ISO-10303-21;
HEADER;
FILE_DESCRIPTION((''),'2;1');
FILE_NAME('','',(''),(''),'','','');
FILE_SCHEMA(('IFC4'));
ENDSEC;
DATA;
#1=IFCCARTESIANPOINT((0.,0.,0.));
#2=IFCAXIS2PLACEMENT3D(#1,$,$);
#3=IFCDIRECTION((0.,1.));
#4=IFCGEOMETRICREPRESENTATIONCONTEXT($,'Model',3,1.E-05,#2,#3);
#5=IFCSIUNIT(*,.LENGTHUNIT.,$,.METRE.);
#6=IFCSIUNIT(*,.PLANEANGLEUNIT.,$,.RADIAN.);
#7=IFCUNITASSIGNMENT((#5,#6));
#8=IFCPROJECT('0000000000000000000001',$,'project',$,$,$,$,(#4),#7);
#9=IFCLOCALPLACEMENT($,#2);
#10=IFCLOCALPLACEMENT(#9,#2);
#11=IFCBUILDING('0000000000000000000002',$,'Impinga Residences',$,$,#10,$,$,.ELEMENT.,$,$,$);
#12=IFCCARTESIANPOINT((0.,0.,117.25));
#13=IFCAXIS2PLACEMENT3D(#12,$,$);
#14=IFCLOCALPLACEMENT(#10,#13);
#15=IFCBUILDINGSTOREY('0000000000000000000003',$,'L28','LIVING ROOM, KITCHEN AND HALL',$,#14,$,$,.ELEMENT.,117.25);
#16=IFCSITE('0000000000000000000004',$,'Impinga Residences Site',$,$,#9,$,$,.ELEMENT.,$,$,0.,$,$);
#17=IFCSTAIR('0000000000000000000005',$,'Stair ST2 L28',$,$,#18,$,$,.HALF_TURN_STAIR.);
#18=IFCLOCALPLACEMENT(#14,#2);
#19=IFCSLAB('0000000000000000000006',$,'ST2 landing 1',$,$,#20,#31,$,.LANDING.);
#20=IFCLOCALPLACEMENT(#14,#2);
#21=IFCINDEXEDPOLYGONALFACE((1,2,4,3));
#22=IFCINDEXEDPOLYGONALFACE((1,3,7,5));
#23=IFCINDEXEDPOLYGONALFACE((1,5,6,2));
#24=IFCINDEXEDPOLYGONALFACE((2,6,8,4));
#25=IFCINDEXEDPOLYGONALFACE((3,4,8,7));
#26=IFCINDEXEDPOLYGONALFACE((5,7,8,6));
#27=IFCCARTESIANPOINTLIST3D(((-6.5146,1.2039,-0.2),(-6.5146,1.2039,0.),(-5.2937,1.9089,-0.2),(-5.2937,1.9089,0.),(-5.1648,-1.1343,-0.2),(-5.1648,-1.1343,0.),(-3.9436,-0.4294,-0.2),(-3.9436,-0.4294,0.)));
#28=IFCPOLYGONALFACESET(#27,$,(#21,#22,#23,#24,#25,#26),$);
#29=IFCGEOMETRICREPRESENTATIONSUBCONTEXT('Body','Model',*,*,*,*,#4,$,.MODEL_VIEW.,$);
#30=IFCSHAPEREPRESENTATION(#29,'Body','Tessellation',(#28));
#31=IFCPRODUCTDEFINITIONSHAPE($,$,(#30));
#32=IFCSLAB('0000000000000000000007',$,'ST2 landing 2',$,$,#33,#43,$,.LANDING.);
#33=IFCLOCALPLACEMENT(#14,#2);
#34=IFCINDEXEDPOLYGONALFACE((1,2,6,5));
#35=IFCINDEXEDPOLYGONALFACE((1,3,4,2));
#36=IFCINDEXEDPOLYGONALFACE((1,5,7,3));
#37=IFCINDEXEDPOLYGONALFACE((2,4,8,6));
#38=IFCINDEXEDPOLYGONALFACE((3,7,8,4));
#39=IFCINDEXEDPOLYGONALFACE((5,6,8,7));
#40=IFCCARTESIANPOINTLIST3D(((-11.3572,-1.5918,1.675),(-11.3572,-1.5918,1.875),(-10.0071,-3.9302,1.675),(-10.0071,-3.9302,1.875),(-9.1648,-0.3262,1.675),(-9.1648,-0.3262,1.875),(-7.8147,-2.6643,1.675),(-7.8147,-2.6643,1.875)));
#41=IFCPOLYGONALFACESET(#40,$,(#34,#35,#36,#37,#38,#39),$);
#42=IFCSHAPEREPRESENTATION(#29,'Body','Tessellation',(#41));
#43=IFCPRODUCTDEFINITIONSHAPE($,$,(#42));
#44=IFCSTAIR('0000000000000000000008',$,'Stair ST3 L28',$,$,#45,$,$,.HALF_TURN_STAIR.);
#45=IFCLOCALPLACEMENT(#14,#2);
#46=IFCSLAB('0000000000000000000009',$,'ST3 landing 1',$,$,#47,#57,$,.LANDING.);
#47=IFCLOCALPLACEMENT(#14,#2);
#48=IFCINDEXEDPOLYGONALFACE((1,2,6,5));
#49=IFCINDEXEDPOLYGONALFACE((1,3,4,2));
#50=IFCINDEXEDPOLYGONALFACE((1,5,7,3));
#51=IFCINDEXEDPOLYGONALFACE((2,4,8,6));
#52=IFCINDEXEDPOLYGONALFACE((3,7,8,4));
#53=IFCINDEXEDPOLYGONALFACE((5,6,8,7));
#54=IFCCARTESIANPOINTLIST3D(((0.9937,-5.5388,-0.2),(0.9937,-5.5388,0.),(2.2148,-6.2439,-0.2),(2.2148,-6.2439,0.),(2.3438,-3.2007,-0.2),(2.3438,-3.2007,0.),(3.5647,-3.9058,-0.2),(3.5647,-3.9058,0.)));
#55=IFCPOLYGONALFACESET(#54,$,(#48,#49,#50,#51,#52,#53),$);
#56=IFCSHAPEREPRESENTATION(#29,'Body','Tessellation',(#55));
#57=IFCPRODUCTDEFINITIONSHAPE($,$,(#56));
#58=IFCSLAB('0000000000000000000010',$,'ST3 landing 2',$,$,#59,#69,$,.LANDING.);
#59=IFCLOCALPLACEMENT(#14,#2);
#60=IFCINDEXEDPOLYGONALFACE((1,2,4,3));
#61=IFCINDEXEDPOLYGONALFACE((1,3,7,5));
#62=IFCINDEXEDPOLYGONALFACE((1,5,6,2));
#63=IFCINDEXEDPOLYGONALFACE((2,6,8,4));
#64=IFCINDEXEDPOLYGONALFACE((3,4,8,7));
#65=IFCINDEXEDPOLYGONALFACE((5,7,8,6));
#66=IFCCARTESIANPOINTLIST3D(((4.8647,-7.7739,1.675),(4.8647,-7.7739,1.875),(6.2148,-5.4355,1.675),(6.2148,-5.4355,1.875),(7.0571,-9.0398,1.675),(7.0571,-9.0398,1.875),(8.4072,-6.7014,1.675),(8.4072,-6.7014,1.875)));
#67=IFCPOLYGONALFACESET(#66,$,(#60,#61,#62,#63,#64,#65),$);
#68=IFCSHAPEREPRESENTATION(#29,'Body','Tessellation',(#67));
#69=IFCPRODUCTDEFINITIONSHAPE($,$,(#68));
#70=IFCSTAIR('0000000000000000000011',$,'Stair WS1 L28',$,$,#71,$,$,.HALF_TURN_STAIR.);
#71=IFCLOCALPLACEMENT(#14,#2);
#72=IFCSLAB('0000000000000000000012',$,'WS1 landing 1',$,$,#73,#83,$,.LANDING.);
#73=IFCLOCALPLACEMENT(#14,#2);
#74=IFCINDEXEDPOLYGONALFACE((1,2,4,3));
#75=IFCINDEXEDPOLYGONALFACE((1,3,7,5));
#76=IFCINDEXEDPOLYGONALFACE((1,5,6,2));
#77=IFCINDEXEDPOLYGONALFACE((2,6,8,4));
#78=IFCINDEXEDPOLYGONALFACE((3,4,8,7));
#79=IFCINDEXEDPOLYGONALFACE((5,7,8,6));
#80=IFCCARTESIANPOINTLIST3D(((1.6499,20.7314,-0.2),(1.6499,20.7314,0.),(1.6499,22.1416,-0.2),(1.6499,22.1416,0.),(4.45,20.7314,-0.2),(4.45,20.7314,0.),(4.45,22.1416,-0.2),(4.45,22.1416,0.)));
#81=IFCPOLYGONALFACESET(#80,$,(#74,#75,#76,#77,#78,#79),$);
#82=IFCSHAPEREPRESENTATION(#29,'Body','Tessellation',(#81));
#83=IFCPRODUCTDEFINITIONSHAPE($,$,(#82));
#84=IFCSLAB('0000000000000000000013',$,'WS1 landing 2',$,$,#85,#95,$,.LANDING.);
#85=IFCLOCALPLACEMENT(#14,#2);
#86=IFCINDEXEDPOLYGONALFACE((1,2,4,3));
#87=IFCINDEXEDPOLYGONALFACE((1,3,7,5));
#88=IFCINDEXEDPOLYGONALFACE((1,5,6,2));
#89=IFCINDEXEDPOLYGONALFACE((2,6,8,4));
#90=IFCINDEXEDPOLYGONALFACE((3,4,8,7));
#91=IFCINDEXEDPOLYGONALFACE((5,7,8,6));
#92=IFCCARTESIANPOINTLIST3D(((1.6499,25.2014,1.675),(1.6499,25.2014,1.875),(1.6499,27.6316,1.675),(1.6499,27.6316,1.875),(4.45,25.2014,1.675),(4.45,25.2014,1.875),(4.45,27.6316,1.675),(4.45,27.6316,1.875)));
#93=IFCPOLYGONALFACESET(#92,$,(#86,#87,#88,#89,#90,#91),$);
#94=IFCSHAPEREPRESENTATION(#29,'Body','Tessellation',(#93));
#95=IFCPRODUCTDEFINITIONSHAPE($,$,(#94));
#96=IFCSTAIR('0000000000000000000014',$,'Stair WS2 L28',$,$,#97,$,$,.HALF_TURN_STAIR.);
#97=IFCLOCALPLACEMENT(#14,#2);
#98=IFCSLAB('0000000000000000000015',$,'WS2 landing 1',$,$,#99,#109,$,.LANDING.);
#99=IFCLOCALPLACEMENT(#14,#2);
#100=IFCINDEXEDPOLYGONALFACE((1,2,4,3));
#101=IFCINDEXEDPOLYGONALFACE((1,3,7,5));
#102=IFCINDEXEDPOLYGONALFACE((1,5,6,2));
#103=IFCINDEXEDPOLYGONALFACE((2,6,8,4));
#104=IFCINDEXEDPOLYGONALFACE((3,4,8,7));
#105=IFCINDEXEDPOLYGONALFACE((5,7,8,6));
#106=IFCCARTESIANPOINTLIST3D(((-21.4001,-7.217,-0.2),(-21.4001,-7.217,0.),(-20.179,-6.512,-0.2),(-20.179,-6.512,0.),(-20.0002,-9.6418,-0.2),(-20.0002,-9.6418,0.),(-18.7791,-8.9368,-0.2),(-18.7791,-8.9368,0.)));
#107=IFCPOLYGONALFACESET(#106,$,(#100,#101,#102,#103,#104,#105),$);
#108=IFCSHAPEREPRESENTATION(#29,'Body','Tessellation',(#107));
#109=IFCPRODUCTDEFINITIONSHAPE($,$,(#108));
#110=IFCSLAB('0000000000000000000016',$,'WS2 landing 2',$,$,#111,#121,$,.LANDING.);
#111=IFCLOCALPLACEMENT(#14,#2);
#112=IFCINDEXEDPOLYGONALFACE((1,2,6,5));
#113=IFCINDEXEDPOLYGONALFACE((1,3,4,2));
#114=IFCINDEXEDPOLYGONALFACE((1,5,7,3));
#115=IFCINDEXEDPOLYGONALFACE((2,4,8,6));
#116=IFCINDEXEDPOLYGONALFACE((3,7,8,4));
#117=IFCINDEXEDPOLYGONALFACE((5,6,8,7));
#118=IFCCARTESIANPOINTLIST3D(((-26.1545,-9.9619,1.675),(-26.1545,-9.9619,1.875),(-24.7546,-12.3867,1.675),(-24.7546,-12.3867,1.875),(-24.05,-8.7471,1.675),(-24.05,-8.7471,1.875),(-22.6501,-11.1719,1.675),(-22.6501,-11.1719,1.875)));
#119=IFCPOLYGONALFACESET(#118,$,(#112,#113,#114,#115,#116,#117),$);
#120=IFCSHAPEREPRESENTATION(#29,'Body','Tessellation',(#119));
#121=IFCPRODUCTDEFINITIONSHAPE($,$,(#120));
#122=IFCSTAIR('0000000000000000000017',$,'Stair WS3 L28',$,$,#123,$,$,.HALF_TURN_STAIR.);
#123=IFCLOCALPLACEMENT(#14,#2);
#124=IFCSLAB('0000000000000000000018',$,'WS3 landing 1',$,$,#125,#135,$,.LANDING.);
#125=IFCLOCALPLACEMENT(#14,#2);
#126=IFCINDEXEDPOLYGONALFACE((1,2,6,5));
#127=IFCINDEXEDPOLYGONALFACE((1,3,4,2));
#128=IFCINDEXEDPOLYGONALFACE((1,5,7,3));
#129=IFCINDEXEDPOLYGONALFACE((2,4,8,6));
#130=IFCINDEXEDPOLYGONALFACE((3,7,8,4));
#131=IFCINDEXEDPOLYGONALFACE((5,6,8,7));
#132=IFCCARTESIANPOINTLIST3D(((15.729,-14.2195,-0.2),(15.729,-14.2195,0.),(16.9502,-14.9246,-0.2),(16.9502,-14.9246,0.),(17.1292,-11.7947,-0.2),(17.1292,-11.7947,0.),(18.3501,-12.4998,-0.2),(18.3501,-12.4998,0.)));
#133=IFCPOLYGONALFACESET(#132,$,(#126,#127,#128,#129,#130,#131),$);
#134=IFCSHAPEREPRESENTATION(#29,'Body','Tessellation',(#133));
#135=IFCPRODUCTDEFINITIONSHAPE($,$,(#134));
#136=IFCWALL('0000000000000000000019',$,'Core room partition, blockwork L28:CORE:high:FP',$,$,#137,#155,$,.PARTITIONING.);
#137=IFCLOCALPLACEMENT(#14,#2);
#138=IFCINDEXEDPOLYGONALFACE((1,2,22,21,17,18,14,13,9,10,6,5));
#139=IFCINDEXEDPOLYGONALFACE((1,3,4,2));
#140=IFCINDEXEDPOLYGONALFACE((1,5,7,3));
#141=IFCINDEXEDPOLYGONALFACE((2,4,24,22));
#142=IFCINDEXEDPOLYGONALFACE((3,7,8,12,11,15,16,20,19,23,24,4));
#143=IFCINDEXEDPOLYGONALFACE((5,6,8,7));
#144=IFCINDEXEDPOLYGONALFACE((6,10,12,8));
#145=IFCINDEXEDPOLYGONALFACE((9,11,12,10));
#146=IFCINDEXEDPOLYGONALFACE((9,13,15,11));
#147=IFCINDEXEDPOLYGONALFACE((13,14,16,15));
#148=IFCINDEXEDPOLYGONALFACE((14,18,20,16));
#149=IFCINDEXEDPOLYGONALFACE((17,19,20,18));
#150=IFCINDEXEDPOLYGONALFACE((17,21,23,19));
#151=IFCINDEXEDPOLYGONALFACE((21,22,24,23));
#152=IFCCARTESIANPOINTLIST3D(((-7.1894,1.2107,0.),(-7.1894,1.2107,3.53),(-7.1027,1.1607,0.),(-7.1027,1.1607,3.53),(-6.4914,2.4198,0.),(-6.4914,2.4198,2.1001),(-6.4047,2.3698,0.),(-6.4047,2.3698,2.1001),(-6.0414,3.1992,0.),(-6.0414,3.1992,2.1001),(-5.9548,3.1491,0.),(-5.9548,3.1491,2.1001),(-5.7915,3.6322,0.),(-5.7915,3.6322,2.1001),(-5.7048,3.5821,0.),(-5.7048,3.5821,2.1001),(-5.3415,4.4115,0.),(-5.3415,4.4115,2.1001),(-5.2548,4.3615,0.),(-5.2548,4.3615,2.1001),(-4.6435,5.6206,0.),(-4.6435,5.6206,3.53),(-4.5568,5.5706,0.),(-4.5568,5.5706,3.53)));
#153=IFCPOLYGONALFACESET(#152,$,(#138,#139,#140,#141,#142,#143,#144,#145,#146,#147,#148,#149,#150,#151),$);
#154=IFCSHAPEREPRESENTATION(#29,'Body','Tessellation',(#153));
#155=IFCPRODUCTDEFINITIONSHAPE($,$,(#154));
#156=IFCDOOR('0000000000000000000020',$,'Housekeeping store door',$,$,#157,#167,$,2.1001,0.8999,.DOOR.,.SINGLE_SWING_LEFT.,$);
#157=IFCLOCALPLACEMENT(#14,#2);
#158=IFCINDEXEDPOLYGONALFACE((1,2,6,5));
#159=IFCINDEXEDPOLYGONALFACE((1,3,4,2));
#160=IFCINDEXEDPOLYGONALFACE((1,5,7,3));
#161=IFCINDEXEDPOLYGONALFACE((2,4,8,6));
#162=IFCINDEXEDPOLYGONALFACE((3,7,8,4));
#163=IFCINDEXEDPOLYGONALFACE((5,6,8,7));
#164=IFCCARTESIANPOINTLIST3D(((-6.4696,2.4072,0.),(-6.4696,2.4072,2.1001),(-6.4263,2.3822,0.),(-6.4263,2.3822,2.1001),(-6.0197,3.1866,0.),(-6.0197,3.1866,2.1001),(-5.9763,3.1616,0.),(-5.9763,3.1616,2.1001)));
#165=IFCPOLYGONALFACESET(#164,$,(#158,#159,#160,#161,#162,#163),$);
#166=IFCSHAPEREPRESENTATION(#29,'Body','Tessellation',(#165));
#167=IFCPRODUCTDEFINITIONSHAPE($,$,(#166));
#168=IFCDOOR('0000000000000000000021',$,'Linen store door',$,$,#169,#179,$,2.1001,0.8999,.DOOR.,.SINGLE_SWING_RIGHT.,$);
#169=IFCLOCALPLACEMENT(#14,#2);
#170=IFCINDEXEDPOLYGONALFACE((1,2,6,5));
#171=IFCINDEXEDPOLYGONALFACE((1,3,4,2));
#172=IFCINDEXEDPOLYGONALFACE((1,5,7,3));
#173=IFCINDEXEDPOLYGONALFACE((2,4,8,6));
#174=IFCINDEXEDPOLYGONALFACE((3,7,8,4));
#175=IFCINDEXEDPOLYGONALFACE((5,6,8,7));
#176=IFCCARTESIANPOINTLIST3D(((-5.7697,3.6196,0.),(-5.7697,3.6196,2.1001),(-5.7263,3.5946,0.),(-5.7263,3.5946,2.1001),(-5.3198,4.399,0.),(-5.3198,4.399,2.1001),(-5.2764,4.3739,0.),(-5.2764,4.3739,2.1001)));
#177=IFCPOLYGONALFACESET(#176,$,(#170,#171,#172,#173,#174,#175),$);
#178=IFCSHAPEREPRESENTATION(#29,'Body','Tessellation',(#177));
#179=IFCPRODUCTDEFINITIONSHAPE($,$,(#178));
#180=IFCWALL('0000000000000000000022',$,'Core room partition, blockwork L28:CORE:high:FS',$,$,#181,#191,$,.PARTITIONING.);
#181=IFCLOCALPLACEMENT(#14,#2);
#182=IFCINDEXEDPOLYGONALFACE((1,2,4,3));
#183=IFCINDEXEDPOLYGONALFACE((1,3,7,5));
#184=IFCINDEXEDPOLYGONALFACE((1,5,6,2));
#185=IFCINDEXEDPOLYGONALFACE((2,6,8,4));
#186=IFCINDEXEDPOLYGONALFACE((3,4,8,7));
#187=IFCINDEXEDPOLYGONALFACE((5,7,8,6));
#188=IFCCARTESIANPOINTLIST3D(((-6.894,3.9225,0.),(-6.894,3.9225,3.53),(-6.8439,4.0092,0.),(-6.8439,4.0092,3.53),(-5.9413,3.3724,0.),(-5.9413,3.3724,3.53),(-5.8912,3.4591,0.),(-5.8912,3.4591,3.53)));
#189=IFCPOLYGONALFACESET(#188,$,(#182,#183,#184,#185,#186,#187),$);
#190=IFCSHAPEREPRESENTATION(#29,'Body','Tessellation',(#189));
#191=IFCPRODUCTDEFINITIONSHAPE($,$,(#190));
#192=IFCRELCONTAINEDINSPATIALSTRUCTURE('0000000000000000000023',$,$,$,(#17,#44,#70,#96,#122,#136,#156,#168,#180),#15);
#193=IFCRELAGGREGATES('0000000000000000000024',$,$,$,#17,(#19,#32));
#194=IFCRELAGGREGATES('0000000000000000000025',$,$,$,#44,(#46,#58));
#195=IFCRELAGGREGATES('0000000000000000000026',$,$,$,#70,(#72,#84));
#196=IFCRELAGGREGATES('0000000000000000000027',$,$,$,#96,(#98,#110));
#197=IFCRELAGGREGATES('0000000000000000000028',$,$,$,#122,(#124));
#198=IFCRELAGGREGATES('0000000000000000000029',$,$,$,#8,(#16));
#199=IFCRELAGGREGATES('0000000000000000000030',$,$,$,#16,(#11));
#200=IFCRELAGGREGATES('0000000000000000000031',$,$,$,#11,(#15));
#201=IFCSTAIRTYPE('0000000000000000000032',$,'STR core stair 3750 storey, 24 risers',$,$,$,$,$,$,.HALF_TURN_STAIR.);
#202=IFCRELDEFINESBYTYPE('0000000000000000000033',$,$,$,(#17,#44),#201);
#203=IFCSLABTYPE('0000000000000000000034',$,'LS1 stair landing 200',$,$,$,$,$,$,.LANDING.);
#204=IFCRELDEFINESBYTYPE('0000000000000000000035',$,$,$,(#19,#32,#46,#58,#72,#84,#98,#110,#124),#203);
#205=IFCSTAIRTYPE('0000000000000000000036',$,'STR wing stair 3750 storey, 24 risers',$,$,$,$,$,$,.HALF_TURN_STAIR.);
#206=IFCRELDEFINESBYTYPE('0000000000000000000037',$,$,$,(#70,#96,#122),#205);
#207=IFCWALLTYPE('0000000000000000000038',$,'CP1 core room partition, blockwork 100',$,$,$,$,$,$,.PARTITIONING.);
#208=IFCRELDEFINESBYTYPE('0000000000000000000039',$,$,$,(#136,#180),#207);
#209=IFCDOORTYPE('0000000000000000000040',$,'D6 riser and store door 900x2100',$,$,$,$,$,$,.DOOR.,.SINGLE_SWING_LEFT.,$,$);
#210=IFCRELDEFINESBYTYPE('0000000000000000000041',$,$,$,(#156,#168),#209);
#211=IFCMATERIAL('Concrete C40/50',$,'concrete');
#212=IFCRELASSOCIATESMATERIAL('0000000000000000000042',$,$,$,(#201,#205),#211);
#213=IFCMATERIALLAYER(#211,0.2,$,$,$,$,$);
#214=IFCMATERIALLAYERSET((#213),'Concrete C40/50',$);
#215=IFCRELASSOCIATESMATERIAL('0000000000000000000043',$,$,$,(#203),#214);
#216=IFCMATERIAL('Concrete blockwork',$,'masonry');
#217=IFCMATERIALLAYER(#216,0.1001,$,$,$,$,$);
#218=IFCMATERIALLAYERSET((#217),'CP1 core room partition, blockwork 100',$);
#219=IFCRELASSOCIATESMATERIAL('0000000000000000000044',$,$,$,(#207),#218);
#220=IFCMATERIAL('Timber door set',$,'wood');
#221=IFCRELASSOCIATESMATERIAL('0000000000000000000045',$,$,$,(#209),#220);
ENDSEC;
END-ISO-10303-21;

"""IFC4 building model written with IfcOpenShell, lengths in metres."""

from ifc_helpers import new_model, si_unit, direction, frame, frame_2d, origin, place, context, subcontext, project, spatial, polyline, rectangle, outline, extrude, material, layer, layer_set, type_object, element, fill, aggregate, save


model = new_model("IFC4")

# Units and contexts
model_context = context("Model", 3, precision=1e-05, world=origin(), true_north=direction((0.0, 1.0)))
body_context = subcontext(model_context, "Body", "Model", "MODEL_VIEW")
ifc_project = project(units=[si_unit("LENGTHUNIT", "METRE"), si_unit("PLANEANGLEUNIT", "RADIAN")], contexts=[model_context])

# Site, building, storey
site_placement = place(None, origin())
site = spatial("IfcSite", under=ifc_project, at=site_placement, Name="Impinga Residences Site", CompositionType="ELEMENT", RefElevation=0.0)
building_placement = place(site_placement, origin())
building = spatial("IfcBuilding", under=site, at=building_placement, Name="Impinga Residences", CompositionType="ELEMENT")
storey_placement = place(building_placement, frame((0.0, 0.0, 117.25)))
storey = spatial("IfcBuildingStorey", under=building, at=storey_placement, Name="L28", Description="LIVING ROOM, KITCHEN AND HALL", CompositionType="ELEMENT", Elevation=117.25)

# Stairs, slabs
ifc_material_1 = material(Name="Concrete C40/50", Category="concrete")
stair_type_1 = type_object("IfcStairType", Name="STR core stair 3750 storey, 24 risers", PredefinedType="HALF_TURN_STAIR", material=ifc_material_1)
stair_1_placement = place(storey_placement, origin())
stair_1 = element("IfcStair", 1, at=stair_1_placement, inside=storey, type_object=stair_type_1, Name="Stair ST2 L28", PredefinedType="HALF_TURN_STAIR")
ifc_layer_1 = layer(ifc_material_1, 0.2)
ifc_layer_set_1 = layer_set([ifc_layer_1], Name="Concrete C40/50")
slab_type = type_object("IfcSlabType", Name="LS1 stair landing 200", PredefinedType="LANDING", material=ifc_layer_set_1)
slab_1_placement = place(storey_placement, frame((0.0, 0.0, -0.2)))
slab_1 = element("IfcSlab", 2, at=slab_1_placement, type_object=slab_type, Name="ST2 landing 1", PredefinedType="LANDING", context=body_context, shape_type="SweptSolid", body=[
    extrude(outline(polyline([(-3.9436, -0.4294), (-5.2937, 1.9089), (-6.5146, 1.2039), (-5.1648, -1.1343), (-3.9436, -0.4294)])), origin(), (0.0, 0.0, 1.0), 0.2),
])
slab_2_placement = place(storey_placement, frame((0.0, 0.0, 1.675)))
slab_2 = element("IfcSlab", 3, at=slab_2_placement, type_object=slab_type, Name="ST2 landing 2", PredefinedType="LANDING", context=body_context, shape_type="SweptSolid", body=[
    extrude(outline(polyline([(-7.8147, -2.6643), (-9.1648, -0.3262), (-11.3572, -1.5918), (-10.0071, -3.9302), (-7.8147, -2.6643)])), origin(), (0.0, 0.0, 1.0), 0.2),
])
aggregate(stair_1, [slab_1, slab_2])
stair_2_placement = place(storey_placement, origin())
stair_2 = element("IfcStair", 4, at=stair_2_placement, inside=storey, type_object=stair_type_1, Name="Stair ST3 L28", PredefinedType="HALF_TURN_STAIR")
slab_3_placement = place(storey_placement, frame((0.0, 0.0, -0.2)))
slab_3 = element("IfcSlab", 5, at=slab_3_placement, type_object=slab_type, Name="ST3 landing 1", PredefinedType="LANDING", context=body_context, shape_type="SweptSolid", body=[
    extrude(outline(polyline([(2.3438, -3.2007), (0.9937, -5.5388), (2.2148, -6.2439), (3.5647, -3.9058), (2.3438, -3.2007)])), origin(), (0.0, 0.0, 1.0), 0.2),
])
slab_4_placement = place(storey_placement, frame((0.0, 0.0, 1.675)))
slab_4 = element("IfcSlab", 6, at=slab_4_placement, type_object=slab_type, Name="ST3 landing 2", PredefinedType="LANDING", context=body_context, shape_type="SweptSolid", body=[
    extrude(outline(polyline([(6.2148, -5.4355), (4.8647, -7.7739), (7.0571, -9.0398), (8.4072, -6.7014), (6.2148, -5.4355)])), origin(), (0.0, 0.0, 1.0), 0.2),
])
aggregate(stair_2, [slab_3, slab_4])
stair_type_2 = type_object("IfcStairType", Name="STR wing stair 3750 storey, 24 risers", PredefinedType="HALF_TURN_STAIR", material=ifc_material_1)
stair_3_placement = place(storey_placement, origin())
stair_3 = element("IfcStair", 7, at=stair_3_placement, inside=storey, type_object=stair_type_2, Name="Stair WS1 L28", PredefinedType="HALF_TURN_STAIR")
slab_5_placement = place(storey_placement, frame((0.0, 0.0, -0.2)))
slab_5 = element("IfcSlab", 8, at=slab_5_placement, type_object=slab_type, Name="WS1 landing 1", PredefinedType="LANDING", context=body_context, shape_type="SweptSolid", body=[
    extrude(outline(polyline([(1.6499, 20.7314), (4.45, 20.7314), (4.45, 22.1416), (1.6499, 22.1416), (1.6499, 20.7314)])), origin(), (0.0, 0.0, 1.0), 0.2),
])
slab_6_placement = place(storey_placement, frame((0.0, 0.0, 1.675)))
slab_6 = element("IfcSlab", 9, at=slab_6_placement, type_object=slab_type, Name="WS1 landing 2", PredefinedType="LANDING", context=body_context, shape_type="SweptSolid", body=[
    extrude(outline(polyline([(1.6499, 25.2014), (4.45, 25.2014), (4.45, 27.6316), (1.6499, 27.6316), (1.6499, 25.2014)])), origin(), (0.0, 0.0, 1.0), 0.2),
])
aggregate(stair_3, [slab_5, slab_6])
stair_4_placement = place(storey_placement, origin())
stair_4 = element("IfcStair", 10, at=stair_4_placement, inside=storey, type_object=stair_type_2, Name="Stair WS2 L28", PredefinedType="HALF_TURN_STAIR")
slab_7_placement = place(storey_placement, frame((0.0, 0.0, -0.2)))
slab_7 = element("IfcSlab", 11, at=slab_7_placement, type_object=slab_type, Name="WS2 landing 1", PredefinedType="LANDING", context=body_context, shape_type="SweptSolid", body=[
    extrude(outline(polyline([(-18.7791, -8.9368), (-20.179, -6.512), (-21.4001, -7.217), (-20.0002, -9.6418), (-18.7791, -8.9368)])), origin(), (0.0, 0.0, 1.0), 0.2),
])
slab_8_placement = place(storey_placement, frame((0.0, 0.0, 1.675)))
slab_8 = element("IfcSlab", 12, at=slab_8_placement, type_object=slab_type, Name="WS2 landing 2", PredefinedType="LANDING", context=body_context, shape_type="SweptSolid", body=[
    extrude(outline(polyline([(-22.6501, -11.1719), (-24.05, -8.7471), (-26.1545, -9.9619), (-24.7546, -12.3867), (-22.6501, -11.1719)])), origin(), (0.0, 0.0, 1.0), 0.2),
])
aggregate(stair_4, [slab_7, slab_8])

# Stair, slab
stair_5_placement = place(storey_placement, origin())
stair_5 = element("IfcStair", 13, at=stair_5_placement, inside=storey, type_object=stair_type_2, Name="Stair WS3 L28", PredefinedType="HALF_TURN_STAIR")
slab_9_placement = place(storey_placement, frame((0.0, 0.0, -0.2)))
slab_9 = element("IfcSlab", 14, at=slab_9_placement, type_object=slab_type, Name="WS3 landing 1", PredefinedType="LANDING", context=body_context, shape_type="SweptSolid", body=[
    extrude(outline(polyline([(17.1292, -11.7947), (15.729, -14.2195), (16.9502, -14.9246), (18.3501, -12.4998), (17.1292, -11.7947)])), origin(), (0.0, 0.0, 1.0), 0.2),
])
aggregate(stair_5, [slab_9])

# Wall, openings, doors
ifc_material_2 = material(Name="Concrete blockwork", Category="masonry")
ifc_layer_2 = layer(ifc_material_2, 0.1001)
ifc_layer_set_2 = layer_set([ifc_layer_2], Name="CP1 core room partition, blockwork 100")
wall_type_1 = type_object("IfcWallType", Name="CP1 core room partition, blockwork 100", PredefinedType="PARTITIONING", material=ifc_layer_set_2)
wall_1_placement = place(storey_placement, frame((-7.146, 1.1858, 0.0), z_axis=(0.0, 0.0, 1.0), x_axis=(0.499976, 0.866039, 0.0)))
wall_1 = element("IfcWall", 15, at=wall_1_placement, inside=storey, type_object=wall_type_1, Name="Core room partition, blockwork L28:CORE:high:FP", PredefinedType="PARTITIONING", context=body_context, shape_type="SweptSolid", body=[
    extrude(rectangle(XDim=5.092, YDim=0.1001, at=frame_2d((2.5459, 0.0))), origin(), (0.0, 0.0, 1.0), 3.53),
])
opening_1_placement = place(wall_1_placement, frame((1.396, 0.0, 0.0)))
opening_1 = element("IfcOpeningElement", 16, at=opening_1_placement, cuts=wall_1, PredefinedType="OPENING", context=body_context, shape_type="SweptSolid", body=[
    extrude(rectangle(XDim=0.8999, YDim=2.1001, at=frame_2d((0.45, 1.05))), frame((0.0, 0.0601, 0.0), z_axis=(0.0, -1.0, 0.0), x_axis=(1.0, 0.0, 0.0)), (0.0, 0.0, 1.0), 0.1201),
])
opening_2_placement = place(wall_1_placement, frame((2.7959, 0.0, 0.0)))
opening_2 = element("IfcOpeningElement", 17, at=opening_2_placement, cuts=wall_1, PredefinedType="OPENING", context=body_context, shape_type="SweptSolid", body=[
    extrude(rectangle(XDim=0.8999, YDim=2.1001, at=frame_2d((0.45, 1.05))), frame((0.0, 0.0601, 0.0), z_axis=(0.0, -1.0, 0.0), x_axis=(1.0, 0.0, 0.0)), (0.0, 0.0, 1.0), 0.1201),
])
ifc_material_3 = material(Name="Timber door set", Category="wood")
door_type_1 = type_object("IfcDoorType", Name="D6 riser and store door 900x2100", OperationType="SINGLE_SWING_LEFT", PredefinedType="DOOR", material=ifc_material_3)
door_1_placement = place(opening_1_placement, origin())
door_1 = element("IfcDoor", 18, at=door_1_placement, inside=storey, type_object=door_type_1, Name="Housekeeping store door", OperationType="SINGLE_SWING_LEFT", OverallHeight=2.1001, OverallWidth=0.8999, PredefinedType="DOOR", context=body_context, shape_type="SweptSolid", body=[
    extrude(rectangle(XDim=0.8999, YDim=2.1001, at=frame_2d((0.45, 1.05))), frame((0.0, 0.0249, 0.0), z_axis=(0.0, -1.0, 0.0), x_axis=(1.0, 0.0, 0.0)), (0.0, 0.0, 1.0), 0.05),
])
fill(opening_1, door_1)
door_2_placement = place(opening_2_placement, origin())
door_2 = element("IfcDoor", 19, at=door_2_placement, inside=storey, type_object=door_type_1, Name="Linen store door", OperationType="SINGLE_SWING_RIGHT", OverallHeight=2.1001, OverallWidth=0.8999, PredefinedType="DOOR", context=body_context, shape_type="SweptSolid", body=[
    extrude(rectangle(XDim=0.8999, YDim=2.1001, at=frame_2d((0.45, 1.05))), frame((0.0, 0.0249, 0.0), z_axis=(0.0, -1.0, 0.0), x_axis=(1.0, 0.0, 0.0)), (0.0, 0.0, 1.0), 0.05),
])
fill(opening_2, door_2)

# Wall
wall_2_placement = place(storey_placement, frame((-5.9163, 3.4158, 0.0), z_axis=(0.0, 0.0, 1.0), x_axis=(-0.866008, 0.50003, 0.0)))
element("IfcWall", 20, at=wall_2_placement, inside=storey, type_object=wall_type_1, Name="Core room partition, blockwork L28:CORE:high:FS", PredefinedType="PARTITIONING", context=body_context, shape_type="SweptSolid", body=[
    extrude(rectangle(XDim=1.1001, YDim=0.1001, at=frame_2d((0.55, 0.0))), origin(), (0.0, 0.0, 1.0), 3.53),
])

save(model, "model.ifc")
